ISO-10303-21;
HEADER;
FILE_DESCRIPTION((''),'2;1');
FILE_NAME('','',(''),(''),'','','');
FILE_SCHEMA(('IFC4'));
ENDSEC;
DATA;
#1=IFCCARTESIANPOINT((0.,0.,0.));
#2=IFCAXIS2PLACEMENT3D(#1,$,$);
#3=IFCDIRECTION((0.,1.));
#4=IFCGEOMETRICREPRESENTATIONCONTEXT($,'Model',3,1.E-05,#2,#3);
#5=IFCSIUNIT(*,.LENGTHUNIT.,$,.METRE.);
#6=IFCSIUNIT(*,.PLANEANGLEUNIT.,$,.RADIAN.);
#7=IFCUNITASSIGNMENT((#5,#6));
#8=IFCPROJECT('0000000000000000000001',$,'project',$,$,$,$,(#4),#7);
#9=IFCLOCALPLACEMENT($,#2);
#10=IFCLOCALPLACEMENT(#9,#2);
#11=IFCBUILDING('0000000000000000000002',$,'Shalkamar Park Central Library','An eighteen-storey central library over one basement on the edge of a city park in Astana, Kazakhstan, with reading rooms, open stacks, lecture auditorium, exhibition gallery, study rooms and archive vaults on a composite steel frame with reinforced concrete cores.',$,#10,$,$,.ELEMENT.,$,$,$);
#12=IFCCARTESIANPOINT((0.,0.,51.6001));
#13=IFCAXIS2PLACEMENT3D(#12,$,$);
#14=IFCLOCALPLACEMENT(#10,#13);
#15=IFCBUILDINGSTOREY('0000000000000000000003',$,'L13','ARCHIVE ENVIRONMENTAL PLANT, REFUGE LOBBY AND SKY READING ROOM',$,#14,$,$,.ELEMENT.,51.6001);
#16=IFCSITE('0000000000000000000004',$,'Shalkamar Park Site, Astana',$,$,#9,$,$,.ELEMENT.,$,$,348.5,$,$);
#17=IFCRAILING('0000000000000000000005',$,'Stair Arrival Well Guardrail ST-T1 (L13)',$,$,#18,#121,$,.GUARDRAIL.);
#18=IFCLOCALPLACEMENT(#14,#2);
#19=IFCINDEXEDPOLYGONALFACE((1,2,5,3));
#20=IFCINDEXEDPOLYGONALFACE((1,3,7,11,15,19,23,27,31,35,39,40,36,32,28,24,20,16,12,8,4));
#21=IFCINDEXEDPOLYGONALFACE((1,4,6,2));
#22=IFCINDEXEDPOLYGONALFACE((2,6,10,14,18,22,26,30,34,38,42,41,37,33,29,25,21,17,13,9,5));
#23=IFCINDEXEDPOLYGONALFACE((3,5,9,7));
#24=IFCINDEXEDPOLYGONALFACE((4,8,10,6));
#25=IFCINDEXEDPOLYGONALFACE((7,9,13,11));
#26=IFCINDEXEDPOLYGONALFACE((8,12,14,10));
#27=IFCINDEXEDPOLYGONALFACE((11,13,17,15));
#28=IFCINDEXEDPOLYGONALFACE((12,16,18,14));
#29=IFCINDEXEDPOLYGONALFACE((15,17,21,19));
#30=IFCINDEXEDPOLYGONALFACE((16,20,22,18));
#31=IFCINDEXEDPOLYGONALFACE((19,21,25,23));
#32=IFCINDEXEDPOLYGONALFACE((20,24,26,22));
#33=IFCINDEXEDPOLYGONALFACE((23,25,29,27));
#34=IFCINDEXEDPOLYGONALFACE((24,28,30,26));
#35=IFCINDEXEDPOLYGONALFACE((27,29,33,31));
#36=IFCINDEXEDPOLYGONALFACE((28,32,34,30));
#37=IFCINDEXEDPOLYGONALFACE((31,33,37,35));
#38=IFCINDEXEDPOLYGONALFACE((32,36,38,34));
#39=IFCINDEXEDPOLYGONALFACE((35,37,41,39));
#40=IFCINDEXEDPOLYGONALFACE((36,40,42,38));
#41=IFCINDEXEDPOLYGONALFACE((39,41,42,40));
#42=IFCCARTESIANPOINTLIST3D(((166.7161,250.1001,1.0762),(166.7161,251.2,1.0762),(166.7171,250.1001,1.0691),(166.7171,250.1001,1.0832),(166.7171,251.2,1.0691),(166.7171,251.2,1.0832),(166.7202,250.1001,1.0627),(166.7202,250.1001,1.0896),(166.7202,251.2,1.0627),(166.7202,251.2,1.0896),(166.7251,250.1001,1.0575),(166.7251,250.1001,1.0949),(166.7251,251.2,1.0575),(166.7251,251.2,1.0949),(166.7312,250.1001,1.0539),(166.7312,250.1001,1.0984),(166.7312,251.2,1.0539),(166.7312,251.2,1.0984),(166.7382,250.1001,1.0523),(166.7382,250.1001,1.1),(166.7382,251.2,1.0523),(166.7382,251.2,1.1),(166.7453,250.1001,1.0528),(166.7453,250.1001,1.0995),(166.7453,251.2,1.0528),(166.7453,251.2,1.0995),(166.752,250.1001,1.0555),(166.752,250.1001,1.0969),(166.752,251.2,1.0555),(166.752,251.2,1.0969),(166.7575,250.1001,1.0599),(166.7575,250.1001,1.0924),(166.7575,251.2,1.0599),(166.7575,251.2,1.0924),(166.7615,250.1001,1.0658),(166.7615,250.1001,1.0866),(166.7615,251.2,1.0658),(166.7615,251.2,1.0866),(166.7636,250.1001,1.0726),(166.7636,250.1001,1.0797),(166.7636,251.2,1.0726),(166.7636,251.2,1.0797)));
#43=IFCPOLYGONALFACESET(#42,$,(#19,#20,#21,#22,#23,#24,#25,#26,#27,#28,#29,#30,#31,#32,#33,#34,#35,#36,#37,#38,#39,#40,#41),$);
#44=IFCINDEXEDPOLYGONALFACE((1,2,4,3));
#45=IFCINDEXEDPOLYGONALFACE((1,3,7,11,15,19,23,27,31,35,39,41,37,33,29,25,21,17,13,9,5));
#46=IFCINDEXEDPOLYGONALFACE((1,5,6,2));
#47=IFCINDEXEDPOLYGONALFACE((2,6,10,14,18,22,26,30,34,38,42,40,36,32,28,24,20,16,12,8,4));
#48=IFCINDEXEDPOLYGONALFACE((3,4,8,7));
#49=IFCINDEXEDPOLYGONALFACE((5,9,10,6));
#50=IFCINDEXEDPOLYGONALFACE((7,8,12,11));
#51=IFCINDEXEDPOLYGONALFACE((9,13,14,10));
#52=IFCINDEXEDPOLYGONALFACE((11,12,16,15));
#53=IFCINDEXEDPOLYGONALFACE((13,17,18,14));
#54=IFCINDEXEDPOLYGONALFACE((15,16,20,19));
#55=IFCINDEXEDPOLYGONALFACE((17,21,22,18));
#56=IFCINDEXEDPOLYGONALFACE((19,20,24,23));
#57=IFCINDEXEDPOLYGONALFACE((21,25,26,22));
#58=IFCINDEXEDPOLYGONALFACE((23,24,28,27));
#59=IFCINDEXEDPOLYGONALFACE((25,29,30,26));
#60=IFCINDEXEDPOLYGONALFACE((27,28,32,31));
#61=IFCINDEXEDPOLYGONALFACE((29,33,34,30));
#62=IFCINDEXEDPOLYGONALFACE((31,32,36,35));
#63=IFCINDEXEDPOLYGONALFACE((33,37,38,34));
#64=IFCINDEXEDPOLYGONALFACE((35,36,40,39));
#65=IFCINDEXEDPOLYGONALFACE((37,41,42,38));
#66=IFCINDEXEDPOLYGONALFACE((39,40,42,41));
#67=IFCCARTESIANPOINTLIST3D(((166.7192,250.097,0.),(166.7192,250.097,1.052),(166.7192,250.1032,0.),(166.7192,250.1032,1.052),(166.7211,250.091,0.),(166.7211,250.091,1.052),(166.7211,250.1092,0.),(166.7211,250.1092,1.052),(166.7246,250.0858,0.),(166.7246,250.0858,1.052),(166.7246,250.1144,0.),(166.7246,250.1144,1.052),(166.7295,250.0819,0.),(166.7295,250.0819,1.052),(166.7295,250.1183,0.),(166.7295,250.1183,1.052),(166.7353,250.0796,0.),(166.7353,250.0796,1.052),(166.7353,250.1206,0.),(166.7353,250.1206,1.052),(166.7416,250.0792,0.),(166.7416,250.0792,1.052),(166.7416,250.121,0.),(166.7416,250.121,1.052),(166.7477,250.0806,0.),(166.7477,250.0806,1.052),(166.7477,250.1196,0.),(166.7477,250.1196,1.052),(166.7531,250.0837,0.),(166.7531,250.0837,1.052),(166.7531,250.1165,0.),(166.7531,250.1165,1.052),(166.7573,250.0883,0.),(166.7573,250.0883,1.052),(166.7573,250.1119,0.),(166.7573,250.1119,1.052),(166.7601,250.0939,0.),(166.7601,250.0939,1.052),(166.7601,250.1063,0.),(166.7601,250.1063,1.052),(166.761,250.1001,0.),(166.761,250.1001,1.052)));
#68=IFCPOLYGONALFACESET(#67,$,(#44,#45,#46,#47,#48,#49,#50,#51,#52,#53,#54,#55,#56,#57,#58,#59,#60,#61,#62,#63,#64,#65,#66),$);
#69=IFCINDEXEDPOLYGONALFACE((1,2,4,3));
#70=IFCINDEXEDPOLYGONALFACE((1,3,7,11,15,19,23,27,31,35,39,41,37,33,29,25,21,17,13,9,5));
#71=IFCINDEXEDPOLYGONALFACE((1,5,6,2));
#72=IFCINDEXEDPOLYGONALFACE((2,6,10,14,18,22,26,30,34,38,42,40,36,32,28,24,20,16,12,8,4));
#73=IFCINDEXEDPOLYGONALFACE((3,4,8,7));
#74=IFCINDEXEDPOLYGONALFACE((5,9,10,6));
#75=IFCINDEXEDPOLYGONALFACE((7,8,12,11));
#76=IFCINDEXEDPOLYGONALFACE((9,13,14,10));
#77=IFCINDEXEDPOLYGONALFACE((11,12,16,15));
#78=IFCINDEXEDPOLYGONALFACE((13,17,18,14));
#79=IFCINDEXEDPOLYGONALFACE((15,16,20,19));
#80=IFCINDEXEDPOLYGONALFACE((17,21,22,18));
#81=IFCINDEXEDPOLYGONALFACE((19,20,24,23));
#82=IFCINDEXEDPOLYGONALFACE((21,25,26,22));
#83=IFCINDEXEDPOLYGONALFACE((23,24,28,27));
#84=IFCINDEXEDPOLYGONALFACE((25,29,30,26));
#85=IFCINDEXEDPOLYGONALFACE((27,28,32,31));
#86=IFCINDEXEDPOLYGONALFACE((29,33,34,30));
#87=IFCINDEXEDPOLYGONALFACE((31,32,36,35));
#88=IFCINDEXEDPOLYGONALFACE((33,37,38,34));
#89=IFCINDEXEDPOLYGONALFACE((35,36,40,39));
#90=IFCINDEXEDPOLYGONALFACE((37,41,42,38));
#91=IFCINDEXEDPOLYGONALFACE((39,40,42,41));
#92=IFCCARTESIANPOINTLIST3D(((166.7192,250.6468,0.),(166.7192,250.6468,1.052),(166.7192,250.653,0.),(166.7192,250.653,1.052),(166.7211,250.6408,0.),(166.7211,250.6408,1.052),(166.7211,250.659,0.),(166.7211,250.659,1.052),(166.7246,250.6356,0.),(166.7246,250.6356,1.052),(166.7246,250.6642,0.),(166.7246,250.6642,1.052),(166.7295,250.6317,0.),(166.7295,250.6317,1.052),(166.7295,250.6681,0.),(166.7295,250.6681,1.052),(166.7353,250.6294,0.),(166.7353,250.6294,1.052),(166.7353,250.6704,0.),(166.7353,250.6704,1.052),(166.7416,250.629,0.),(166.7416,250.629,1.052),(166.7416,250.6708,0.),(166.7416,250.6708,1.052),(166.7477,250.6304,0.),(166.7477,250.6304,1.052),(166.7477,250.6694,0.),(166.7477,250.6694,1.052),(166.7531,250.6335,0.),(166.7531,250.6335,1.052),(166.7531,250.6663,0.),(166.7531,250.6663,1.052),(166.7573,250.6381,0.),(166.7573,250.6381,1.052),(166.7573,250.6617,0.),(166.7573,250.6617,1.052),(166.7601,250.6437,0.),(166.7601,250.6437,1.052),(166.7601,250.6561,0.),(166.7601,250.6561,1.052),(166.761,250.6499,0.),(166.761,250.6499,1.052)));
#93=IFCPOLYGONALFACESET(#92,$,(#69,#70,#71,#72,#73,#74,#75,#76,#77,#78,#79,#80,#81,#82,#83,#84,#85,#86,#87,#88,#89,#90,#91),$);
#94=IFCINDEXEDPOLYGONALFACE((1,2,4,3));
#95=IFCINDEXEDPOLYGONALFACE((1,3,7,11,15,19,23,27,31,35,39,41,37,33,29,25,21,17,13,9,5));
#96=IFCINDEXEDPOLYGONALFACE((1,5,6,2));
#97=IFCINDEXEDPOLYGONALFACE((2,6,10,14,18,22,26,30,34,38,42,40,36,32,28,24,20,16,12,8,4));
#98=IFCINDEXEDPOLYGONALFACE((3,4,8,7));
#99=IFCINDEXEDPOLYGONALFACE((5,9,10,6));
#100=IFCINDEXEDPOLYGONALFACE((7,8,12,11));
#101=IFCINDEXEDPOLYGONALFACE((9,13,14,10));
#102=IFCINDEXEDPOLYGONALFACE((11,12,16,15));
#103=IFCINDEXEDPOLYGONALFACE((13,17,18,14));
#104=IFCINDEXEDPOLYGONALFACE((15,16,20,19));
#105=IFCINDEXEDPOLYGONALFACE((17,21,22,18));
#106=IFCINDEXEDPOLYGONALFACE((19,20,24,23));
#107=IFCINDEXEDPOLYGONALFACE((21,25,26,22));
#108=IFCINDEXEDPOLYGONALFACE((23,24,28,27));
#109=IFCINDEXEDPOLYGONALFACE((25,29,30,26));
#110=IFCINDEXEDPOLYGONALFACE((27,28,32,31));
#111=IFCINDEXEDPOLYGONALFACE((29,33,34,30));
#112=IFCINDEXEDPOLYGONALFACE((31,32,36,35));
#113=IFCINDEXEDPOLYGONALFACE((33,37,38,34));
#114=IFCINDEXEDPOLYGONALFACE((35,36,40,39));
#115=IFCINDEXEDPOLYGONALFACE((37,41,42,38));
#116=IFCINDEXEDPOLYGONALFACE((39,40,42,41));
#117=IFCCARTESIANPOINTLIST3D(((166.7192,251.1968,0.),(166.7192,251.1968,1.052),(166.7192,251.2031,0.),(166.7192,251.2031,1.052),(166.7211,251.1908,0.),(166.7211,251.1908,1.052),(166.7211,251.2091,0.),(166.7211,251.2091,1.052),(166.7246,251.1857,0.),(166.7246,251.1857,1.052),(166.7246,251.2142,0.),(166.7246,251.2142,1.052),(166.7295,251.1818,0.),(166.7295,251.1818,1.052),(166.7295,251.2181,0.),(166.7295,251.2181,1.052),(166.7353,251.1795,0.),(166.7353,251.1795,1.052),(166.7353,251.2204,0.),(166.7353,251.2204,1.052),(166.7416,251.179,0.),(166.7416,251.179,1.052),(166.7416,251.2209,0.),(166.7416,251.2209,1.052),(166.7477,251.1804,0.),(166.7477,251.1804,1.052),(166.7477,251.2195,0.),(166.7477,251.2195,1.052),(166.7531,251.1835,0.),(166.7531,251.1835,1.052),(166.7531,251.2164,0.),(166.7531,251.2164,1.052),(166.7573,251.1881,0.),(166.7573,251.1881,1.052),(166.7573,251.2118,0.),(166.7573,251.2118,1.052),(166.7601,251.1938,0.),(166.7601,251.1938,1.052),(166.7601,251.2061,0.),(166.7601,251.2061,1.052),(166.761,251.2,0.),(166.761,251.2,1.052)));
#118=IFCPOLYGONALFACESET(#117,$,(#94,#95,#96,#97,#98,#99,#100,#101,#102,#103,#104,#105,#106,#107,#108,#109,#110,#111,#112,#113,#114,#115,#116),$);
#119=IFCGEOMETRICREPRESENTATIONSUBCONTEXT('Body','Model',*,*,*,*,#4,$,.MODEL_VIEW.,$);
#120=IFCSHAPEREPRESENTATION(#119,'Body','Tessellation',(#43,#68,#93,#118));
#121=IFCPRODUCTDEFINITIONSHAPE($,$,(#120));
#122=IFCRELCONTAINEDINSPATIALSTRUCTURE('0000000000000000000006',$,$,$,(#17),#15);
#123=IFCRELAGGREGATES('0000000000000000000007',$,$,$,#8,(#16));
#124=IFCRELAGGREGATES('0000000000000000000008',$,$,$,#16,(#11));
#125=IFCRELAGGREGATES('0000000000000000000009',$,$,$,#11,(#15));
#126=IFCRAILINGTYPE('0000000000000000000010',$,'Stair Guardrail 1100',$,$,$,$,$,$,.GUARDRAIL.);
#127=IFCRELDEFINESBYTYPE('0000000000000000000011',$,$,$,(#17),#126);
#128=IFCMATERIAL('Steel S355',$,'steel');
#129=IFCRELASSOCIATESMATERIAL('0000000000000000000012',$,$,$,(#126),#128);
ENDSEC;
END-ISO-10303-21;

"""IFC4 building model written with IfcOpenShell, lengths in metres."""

from ifc_helpers import new_model, si_unit, direction, frame, origin, origin_2d, place, context, subcontext, project, spatial, circle, extrude, material, type_object, element, save


model = new_model("IFC4")

# Units and contexts
model_context = context("Model", 3, precision=1e-05, world=origin(), true_north=direction((0.0, 1.0)))
body_context = subcontext(model_context, "Body", "Model", "MODEL_VIEW")
ifc_project = project(units=[si_unit("LENGTHUNIT", "METRE"), si_unit("PLANEANGLEUNIT", "RADIAN")], contexts=[model_context])

# Site, building, storey
site_placement = place(None, origin())
site = spatial("IfcSite", under=ifc_project, at=site_placement, Name="Shalkamar Park Site, Astana", CompositionType="ELEMENT", RefElevation=348.5)
building_placement = place(site_placement, origin())
building = spatial("IfcBuilding", under=site, at=building_placement, Name="Shalkamar Park Central Library", Description="An eighteen-storey central library over one basement on the edge of a city park in Astana, Kazakhstan, with reading rooms, open stacks, lecture auditorium, exhibition gallery, study rooms and archive vaults on a composite steel frame with reinforced concrete cores.", CompositionType="ELEMENT")
storey_placement = place(building_placement, frame((0.0, 0.0, 51.6001)))
storey = spatial("IfcBuildingStorey", under=building, at=storey_placement, Name="L13", Description="ARCHIVE ENVIRONMENTAL PLANT, REFUGE LOBBY AND SKY READING ROOM", CompositionType="ELEMENT", Elevation=51.6001)

# Shared definitions
ifc_material_1 = material(Name="Steel S355", Category="steel")

# Railing
railing_type_1 = type_object("IfcRailingType", Name="Stair Guardrail 1100", PredefinedType="GUARDRAIL", material=ifc_material_1)
railing_1_placement = place(storey_placement, frame((166.74, 250.1001, 0.0)))
element("IfcRailing", 1, at=railing_1_placement, inside=storey, type_object=railing_type_1, Name="Stair Arrival Well Guardrail ST-T1 (L13)", PredefinedType="GUARDRAIL", context=body_context, shape_type="SweptSolid", body=[
    extrude(circle(Radius=0.0239, at=origin_2d()), frame((0.0, 0.0, 1.0762), z_axis=(0.0, 1.0, 0.0), x_axis=(-1.0, 0.0, 0.0)), (0.0, 0.0, 1.0), 1.0999),
    extrude(circle(Radius=0.021, at=origin_2d()), origin(), (0.0, 0.0, 1.0), 1.052),
    extrude(circle(Radius=0.021, at=origin_2d()), frame((0.0, 0.5498, 0.0)), (0.0, 0.0, 1.0), 1.052),
    extrude(circle(Radius=0.021, at=origin_2d()), frame((0.0, 1.0999, 0.0)), (0.0, 0.0, 1.0), 1.052),
])

save(model, "model.ifc")
